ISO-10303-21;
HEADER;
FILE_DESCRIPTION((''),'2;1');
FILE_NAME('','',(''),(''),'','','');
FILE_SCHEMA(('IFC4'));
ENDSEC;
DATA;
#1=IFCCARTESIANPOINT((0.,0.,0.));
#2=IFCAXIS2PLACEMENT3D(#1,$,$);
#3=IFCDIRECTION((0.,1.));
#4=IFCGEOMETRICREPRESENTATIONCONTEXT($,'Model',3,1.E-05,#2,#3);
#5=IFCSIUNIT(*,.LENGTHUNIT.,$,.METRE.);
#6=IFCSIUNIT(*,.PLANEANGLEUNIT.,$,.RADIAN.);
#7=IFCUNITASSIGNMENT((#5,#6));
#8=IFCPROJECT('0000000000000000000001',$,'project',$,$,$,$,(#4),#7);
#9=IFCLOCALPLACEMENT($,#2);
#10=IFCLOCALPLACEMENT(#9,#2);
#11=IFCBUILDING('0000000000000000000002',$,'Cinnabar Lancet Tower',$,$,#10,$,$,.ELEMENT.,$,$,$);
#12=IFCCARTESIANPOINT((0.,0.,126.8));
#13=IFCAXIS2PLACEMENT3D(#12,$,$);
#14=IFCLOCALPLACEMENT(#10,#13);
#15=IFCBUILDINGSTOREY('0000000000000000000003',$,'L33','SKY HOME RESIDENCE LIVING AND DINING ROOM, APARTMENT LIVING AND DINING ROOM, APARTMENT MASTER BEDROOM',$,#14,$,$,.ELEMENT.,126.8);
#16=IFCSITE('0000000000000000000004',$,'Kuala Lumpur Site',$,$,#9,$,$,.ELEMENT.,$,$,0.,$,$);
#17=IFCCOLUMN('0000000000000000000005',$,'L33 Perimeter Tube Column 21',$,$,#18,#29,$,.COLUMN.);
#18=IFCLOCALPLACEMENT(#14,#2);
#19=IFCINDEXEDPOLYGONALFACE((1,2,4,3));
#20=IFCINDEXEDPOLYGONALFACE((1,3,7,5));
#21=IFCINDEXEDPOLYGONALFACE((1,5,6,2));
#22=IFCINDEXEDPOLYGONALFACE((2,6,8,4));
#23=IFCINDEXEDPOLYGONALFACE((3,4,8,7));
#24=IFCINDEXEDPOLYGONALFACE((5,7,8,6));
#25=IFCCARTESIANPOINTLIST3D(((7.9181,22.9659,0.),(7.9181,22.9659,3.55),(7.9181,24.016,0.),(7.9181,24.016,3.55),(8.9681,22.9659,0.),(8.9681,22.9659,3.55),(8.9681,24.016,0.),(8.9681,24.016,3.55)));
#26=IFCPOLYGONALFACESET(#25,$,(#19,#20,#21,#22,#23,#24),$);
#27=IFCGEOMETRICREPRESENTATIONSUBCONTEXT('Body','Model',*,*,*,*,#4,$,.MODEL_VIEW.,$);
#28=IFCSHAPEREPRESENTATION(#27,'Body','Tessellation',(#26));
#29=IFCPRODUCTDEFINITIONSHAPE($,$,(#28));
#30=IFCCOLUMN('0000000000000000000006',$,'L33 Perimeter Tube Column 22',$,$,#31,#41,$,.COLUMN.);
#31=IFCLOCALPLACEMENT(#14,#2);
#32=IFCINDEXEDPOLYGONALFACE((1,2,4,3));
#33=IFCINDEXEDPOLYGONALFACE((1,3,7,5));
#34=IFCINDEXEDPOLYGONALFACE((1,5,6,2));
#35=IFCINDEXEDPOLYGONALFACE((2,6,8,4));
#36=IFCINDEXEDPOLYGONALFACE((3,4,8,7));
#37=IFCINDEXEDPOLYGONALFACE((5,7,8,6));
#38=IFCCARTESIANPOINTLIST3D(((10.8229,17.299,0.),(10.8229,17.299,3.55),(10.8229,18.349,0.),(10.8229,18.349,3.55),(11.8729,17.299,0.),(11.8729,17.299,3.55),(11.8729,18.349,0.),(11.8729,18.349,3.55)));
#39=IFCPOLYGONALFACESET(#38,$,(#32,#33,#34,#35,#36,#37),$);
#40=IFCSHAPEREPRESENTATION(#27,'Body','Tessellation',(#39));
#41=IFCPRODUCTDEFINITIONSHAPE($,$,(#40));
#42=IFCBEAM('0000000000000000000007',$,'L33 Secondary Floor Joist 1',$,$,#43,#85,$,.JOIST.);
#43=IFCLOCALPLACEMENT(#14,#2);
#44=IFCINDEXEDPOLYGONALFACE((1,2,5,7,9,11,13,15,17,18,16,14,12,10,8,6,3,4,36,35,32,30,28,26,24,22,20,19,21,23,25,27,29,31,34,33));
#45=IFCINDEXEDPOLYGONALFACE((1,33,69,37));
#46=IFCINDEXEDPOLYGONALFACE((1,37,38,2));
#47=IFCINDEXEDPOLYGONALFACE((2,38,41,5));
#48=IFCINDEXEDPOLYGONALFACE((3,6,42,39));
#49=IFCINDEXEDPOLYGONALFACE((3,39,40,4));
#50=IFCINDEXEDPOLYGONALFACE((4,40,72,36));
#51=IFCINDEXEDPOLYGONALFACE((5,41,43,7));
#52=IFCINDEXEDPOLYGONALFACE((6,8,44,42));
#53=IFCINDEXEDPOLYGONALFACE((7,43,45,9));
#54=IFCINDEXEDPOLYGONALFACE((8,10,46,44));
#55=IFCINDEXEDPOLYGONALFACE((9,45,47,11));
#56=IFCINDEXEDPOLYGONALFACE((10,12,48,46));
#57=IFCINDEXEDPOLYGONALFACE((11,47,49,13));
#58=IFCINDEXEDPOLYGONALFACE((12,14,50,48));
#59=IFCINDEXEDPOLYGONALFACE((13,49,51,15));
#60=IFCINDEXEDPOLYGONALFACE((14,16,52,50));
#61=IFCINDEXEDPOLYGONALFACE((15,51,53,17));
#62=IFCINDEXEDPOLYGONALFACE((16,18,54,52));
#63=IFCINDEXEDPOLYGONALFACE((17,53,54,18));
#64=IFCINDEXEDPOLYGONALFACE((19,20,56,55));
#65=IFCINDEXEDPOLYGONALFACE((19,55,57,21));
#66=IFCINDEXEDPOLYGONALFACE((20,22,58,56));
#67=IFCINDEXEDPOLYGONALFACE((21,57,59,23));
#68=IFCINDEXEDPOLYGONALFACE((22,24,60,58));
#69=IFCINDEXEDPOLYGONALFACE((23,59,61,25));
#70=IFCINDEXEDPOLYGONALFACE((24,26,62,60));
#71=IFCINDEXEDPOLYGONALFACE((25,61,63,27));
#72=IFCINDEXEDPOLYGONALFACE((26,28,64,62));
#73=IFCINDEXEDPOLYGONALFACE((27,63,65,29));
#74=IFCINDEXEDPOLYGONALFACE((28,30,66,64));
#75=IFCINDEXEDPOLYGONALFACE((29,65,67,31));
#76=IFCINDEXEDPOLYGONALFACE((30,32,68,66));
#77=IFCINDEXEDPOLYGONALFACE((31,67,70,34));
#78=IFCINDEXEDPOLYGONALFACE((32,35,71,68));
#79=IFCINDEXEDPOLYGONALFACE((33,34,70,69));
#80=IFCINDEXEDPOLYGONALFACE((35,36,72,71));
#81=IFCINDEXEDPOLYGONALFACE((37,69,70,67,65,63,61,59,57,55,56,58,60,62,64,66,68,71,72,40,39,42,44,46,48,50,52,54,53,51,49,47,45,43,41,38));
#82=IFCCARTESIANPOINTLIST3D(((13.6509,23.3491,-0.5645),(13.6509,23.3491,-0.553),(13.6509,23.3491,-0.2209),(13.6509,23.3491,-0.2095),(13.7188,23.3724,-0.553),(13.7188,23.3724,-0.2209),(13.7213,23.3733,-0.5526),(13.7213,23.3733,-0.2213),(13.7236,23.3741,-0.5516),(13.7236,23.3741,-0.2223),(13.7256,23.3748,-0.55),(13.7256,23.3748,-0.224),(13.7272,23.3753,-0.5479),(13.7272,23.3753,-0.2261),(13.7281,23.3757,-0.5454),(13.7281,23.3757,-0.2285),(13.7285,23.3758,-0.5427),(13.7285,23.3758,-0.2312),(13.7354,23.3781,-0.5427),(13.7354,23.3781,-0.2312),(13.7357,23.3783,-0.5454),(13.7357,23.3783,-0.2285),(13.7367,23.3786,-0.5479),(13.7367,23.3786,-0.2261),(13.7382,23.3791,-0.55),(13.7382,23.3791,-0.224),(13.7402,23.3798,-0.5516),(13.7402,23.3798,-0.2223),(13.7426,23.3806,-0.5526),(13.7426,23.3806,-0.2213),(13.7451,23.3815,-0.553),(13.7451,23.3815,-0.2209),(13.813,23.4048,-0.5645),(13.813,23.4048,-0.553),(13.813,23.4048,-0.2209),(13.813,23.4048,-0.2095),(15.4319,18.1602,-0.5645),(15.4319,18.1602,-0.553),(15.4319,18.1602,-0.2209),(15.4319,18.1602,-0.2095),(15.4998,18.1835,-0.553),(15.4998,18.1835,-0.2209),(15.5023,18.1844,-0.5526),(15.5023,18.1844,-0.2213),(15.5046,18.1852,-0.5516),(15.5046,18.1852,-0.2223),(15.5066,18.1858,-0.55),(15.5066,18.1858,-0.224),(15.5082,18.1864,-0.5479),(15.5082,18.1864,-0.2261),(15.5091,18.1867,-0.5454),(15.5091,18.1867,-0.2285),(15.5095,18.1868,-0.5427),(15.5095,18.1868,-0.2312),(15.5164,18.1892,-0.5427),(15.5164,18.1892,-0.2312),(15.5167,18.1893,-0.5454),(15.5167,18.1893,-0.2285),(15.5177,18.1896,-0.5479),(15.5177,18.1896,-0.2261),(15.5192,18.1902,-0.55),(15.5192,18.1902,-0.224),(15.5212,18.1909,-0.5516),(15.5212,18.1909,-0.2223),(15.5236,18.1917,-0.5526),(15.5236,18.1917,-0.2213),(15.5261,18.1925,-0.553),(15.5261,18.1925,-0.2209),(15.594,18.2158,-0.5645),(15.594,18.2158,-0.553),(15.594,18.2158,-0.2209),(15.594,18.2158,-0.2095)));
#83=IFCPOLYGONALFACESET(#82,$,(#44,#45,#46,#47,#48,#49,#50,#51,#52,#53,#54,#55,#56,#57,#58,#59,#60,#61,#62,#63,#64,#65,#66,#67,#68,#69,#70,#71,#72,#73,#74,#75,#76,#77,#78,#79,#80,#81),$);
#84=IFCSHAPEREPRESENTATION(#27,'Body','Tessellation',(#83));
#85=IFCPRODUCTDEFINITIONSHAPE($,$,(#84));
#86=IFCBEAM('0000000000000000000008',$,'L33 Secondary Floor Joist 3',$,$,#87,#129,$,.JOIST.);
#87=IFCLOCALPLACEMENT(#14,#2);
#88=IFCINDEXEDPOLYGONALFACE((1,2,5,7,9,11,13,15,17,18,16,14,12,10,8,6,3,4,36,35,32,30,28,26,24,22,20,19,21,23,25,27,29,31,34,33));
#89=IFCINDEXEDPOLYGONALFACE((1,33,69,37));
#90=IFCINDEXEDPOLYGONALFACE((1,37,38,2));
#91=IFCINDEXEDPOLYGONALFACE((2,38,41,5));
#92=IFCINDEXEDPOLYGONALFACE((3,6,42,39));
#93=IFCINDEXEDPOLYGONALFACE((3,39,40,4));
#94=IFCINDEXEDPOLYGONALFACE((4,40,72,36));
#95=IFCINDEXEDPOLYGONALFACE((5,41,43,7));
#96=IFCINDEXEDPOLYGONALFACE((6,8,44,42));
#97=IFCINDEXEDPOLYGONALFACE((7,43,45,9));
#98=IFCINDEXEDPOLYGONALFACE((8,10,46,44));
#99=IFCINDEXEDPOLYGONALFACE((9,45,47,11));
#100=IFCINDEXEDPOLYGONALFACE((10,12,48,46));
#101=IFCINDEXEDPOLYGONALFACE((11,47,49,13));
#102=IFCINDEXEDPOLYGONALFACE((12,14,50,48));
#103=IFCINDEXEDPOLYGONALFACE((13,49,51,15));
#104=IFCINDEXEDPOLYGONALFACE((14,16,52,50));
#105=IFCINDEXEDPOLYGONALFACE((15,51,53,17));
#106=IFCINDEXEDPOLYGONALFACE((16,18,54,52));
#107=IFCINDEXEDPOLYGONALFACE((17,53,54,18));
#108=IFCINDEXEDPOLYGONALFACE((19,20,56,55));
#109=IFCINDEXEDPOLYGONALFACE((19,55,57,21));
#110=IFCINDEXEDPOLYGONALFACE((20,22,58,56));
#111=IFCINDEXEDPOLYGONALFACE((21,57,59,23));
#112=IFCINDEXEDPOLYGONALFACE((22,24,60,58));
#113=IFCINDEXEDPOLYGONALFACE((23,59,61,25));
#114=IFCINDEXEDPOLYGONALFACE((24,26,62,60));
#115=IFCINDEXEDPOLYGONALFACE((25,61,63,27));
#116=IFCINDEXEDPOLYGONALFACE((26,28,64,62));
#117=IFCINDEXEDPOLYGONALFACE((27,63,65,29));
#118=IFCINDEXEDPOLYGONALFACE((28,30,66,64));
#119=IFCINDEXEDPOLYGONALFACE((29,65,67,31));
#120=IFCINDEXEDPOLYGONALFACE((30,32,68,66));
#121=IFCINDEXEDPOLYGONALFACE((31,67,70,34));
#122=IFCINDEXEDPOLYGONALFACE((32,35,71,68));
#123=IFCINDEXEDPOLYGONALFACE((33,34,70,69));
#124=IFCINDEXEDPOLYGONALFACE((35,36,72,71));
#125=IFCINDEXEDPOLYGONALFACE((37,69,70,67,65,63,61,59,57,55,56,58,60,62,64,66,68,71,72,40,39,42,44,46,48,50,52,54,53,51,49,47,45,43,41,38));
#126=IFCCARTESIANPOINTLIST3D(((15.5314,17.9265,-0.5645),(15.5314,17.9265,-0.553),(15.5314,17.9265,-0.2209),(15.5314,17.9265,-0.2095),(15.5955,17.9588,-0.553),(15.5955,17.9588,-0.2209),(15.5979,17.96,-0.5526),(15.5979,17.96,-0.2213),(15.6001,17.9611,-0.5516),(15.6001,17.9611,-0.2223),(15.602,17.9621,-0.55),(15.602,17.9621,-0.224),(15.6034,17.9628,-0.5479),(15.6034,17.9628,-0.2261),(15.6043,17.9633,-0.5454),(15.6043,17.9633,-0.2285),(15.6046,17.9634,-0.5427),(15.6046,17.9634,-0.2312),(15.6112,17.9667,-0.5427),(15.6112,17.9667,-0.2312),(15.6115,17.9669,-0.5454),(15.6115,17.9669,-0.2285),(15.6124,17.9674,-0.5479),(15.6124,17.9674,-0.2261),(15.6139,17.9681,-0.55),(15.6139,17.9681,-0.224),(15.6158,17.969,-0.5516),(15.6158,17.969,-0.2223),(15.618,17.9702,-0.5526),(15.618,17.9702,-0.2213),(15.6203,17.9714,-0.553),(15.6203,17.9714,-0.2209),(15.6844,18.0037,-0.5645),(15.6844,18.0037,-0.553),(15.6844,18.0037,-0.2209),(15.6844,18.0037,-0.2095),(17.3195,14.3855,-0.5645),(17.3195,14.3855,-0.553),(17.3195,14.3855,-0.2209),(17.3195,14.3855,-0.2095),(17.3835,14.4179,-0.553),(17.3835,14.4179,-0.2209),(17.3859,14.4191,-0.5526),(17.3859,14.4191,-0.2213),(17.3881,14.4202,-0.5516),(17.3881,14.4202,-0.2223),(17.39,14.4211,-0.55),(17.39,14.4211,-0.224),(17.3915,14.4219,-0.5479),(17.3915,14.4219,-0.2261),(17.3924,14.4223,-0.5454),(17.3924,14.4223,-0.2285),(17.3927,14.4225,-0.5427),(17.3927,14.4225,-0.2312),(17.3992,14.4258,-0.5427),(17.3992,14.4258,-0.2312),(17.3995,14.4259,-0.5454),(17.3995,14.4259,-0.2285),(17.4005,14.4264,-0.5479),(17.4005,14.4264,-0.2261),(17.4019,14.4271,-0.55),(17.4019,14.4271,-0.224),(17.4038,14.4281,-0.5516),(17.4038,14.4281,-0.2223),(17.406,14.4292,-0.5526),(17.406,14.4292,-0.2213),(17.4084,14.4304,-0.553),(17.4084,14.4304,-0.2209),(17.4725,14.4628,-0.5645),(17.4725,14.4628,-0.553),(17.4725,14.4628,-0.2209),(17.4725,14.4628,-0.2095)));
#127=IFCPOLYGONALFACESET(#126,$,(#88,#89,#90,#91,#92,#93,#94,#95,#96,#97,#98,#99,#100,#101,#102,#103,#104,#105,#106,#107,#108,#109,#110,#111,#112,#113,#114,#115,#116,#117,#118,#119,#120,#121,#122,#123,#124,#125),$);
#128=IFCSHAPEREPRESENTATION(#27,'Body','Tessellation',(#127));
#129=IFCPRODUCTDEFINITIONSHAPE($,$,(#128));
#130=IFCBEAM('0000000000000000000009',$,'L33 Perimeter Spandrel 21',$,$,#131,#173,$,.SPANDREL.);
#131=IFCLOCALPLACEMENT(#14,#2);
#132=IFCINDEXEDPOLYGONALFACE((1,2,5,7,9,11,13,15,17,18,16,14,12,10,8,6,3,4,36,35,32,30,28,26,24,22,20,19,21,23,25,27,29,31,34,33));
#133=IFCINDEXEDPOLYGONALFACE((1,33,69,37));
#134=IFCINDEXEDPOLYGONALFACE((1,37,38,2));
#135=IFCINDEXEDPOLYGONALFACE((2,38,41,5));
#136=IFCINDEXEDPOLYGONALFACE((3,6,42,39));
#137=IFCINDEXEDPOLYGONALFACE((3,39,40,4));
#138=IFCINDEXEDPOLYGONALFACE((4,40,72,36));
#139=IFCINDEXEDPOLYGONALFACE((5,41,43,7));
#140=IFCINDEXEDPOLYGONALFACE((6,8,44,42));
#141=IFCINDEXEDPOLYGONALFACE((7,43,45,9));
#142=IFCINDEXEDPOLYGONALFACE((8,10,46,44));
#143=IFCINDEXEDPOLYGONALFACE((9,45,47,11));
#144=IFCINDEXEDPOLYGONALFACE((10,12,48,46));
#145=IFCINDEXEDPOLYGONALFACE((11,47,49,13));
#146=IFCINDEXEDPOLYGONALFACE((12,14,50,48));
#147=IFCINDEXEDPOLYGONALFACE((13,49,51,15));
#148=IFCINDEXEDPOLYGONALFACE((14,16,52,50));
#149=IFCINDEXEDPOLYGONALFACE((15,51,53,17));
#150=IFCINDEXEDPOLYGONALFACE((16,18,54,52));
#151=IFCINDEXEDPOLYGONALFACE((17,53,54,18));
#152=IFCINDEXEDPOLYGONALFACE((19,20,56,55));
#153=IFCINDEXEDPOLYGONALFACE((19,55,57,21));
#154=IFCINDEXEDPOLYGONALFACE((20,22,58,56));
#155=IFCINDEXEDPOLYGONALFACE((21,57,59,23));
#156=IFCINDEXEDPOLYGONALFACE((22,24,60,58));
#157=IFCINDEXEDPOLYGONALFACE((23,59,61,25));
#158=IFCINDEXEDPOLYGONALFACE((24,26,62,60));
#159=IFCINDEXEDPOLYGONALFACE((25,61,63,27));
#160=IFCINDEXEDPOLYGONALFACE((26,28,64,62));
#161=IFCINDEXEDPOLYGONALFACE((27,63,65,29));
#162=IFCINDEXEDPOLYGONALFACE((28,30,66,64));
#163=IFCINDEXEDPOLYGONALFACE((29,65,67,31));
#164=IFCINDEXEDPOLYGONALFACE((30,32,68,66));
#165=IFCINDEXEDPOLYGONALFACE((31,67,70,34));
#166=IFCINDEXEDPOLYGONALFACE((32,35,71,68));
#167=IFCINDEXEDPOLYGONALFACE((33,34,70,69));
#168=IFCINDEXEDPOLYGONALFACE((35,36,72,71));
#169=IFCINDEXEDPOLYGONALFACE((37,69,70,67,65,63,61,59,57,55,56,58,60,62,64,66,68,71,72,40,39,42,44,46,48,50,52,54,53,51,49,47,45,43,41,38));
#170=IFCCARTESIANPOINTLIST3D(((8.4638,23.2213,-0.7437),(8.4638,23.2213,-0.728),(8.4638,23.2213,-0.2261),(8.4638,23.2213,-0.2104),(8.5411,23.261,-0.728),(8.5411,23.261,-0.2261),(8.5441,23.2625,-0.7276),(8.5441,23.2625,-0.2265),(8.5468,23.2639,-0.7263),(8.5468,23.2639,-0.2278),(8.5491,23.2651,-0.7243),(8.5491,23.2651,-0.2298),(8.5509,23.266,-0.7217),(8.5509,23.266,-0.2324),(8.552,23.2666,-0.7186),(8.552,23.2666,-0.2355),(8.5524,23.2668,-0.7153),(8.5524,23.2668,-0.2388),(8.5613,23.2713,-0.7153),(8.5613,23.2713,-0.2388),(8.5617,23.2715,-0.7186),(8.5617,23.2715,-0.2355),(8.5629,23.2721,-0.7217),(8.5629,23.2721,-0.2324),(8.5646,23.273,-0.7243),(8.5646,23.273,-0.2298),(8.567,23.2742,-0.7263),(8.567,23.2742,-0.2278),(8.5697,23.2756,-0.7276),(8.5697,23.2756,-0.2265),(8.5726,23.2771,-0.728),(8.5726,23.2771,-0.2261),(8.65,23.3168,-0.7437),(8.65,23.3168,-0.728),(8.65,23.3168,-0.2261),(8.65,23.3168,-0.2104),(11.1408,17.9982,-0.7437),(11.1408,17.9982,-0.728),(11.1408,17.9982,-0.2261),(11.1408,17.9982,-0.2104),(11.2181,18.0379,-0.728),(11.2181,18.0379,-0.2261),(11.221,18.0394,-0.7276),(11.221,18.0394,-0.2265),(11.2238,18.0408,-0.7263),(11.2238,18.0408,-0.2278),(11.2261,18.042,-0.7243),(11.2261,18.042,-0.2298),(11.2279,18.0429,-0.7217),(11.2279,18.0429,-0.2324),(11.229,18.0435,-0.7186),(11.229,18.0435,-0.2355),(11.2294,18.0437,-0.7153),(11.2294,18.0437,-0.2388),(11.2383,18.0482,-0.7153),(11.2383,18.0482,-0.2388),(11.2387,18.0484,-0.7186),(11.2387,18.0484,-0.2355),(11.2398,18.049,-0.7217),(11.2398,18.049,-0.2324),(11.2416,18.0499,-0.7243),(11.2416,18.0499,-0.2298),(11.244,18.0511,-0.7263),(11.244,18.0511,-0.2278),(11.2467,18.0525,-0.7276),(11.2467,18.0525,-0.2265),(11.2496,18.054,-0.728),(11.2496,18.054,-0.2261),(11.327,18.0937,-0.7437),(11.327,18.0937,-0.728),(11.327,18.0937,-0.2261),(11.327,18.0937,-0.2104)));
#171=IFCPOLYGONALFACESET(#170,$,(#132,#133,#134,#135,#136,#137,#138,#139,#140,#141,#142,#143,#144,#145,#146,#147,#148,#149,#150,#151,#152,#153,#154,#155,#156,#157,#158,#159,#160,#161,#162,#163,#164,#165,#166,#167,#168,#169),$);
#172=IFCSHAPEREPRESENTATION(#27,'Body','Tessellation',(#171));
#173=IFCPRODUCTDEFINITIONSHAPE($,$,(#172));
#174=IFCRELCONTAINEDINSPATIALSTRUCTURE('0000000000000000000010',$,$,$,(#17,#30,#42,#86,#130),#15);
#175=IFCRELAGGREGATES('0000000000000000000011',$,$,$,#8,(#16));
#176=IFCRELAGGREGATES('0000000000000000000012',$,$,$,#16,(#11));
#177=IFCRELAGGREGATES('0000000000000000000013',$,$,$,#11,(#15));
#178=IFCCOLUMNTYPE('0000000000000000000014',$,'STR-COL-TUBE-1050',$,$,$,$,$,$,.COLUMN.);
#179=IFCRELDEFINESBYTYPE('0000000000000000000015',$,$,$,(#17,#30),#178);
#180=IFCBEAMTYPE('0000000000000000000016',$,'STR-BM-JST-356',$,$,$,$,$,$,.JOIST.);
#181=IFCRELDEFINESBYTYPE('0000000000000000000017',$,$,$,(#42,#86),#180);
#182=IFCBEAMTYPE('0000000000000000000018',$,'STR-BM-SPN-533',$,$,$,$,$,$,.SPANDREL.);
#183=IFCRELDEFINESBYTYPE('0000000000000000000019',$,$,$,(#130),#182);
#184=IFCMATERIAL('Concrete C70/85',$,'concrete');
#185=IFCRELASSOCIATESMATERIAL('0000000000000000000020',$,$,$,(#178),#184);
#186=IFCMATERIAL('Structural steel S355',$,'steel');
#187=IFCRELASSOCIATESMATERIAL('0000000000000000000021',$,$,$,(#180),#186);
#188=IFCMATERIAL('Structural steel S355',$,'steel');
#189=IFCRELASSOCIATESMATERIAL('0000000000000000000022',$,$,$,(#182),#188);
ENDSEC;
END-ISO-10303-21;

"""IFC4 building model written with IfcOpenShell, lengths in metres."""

from ifc_helpers import new_model, si_unit, direction, frame, origin, origin_2d, place, context, subcontext, project, spatial, rectangle, i_section, extrude, material, material_profile, profile_set, type_object, element, save


model = new_model("IFC4")

# Units and contexts
model_context = context("Model", 3, precision=1e-05, world=origin(), true_north=direction((0.0, 1.0)))
body_context = subcontext(model_context, "Body", "Model", "MODEL_VIEW")
ifc_project = project(units=[si_unit("LENGTHUNIT", "METRE"), si_unit("PLANEANGLEUNIT", "RADIAN")], contexts=[model_context])

# Site, building, storey
site_placement = place(None, origin())
site = spatial("IfcSite", under=ifc_project, at=site_placement, Name="Kuala Lumpur Site", CompositionType="ELEMENT", RefElevation=0.0)
building_placement = place(site_placement, origin())
building = spatial("IfcBuilding", under=site, at=building_placement, Name="Cinnabar Lancet Tower", CompositionType="ELEMENT")
storey_placement = place(building_placement, frame((0.0, 0.0, 126.8)))
storey = spatial("IfcBuildingStorey", under=building, at=storey_placement, Name="L33", Description="SKY HOME RESIDENCE LIVING AND DINING ROOM, APARTMENT LIVING AND DINING ROOM, APARTMENT MASTER BEDROOM", CompositionType="ELEMENT", Elevation=126.8)

# Columns
ifc_material_1 = material(Name="Concrete C70/85", Category="concrete")
ifc_material_profile_1 = material_profile(ifc_material_1, rectangle(XDim=1.05, YDim=1.05, at=origin_2d()), Name="RC-COL 1050x1050")
ifc_profile_set_1 = profile_set([ifc_material_profile_1], Name="Concrete C70/85")
column_type = type_object("IfcColumnType", Name="STR-COL-TUBE-1050", PredefinedType="COLUMN", material=ifc_profile_set_1)
for number, where, z_axis, x_axis, name in (
    (1, (8.4431, 23.491, 0.0), (0.0, 0.0, 1.0), (1.0, 0.0, 0.0), "L33 Perimeter Tube Column 21"),
    (2, (11.3479, 17.824, 0.0), (0.0, 0.0, 1.0), (1.0, 0.0, 0.0), "L33 Perimeter Tube Column 22"),
):
    element("IfcColumn", number, at=place(storey_placement, frame(where, z_axis=z_axis, x_axis=x_axis)), inside=storey, type_object=column_type, Name=name, PredefinedType="COLUMN", context=body_context, shape_type="SweptSolid", body=[
        extrude(rectangle(XDim=1.05, YDim=1.05, at=origin_2d()), origin(), (0.0, 0.0, 1.0), 3.55),
    ])

# Beams
ifc_material_2 = material(Name="Structural steel S355", Category="steel")
ifc_material_profile_2 = material_profile(ifc_material_2, i_section(OverallWidth=0.1714, OverallDepth=0.355, WebThickness=0.0073, FlangeThickness=0.0115, FilletRadius=0.0103, at=origin_2d()), Name="UKB 356x171x51")
ifc_profile_set_2 = profile_set([ifc_material_profile_2], Name="Structural steel S355")
beam_type_1 = type_object("IfcBeamType", Name="STR-BM-JST-356", PredefinedType="JOIST", material=ifc_profile_set_2)
beam_1_placement = place(storey_placement, frame((13.7319, 23.377, -0.387), z_axis=(0.324639, -0.945838, 0.0), x_axis=(0.945838, 0.324639, 0.0)))
element("IfcBeam", 3, at=beam_1_placement, inside=storey, type_object=beam_type_1, Name="L33 Secondary Floor Joist 1", PredefinedType="JOIST", context=body_context, shape_type="SweptSolid", body=[
    extrude(i_section(OverallWidth=0.1714, OverallDepth=0.355, WebThickness=0.0073, FlangeThickness=0.0115, FilletRadius=0.0103, at=origin_2d()), origin(), (0.0, 0.0, 1.0), 5.4861),
])
beam_2_placement = place(storey_placement, frame((15.6079, 17.9651, -0.387), z_axis=(0.450755, -0.892648, 0.0), x_axis=(0.892648, 0.450755, 0.0)))
element("IfcBeam", 4, at=beam_2_placement, inside=storey, type_object=beam_type_1, Name="L33 Secondary Floor Joist 3", PredefinedType="JOIST", context=body_context, shape_type="SweptSolid", body=[
    extrude(i_section(OverallWidth=0.1714, OverallDepth=0.355, WebThickness=0.0073, FlangeThickness=0.0115, FilletRadius=0.0103, at=origin_2d()), origin(), (0.0, 0.0, 1.0), 3.9668),
])
ifc_material_3 = material(Name="Structural steel S355", Category="steel")
ifc_material_profile_3 = material_profile(ifc_material_3, i_section(OverallWidth=0.2092, OverallDepth=0.5332, WebThickness=0.01, FlangeThickness=0.0156, FilletRadius=0.0127, at=origin_2d()), Name="UKB 533x210x92")
ifc_profile_set_3 = profile_set([ifc_material_profile_3], Name="Structural steel S355")
beam_type_2 = type_object("IfcBeamType", Name="STR-BM-SPN-533", PredefinedType="SPANDREL", material=ifc_profile_set_3)
beam_3_placement = place(storey_placement, frame((8.5569, 23.269, -0.4771), z_axis=(0.45611, -0.889924, 0.0), x_axis=(0.889924, 0.45611, 0.0)))
element("IfcBeam", 5, at=beam_3_placement, inside=storey, type_object=beam_type_2, Name="L33 Perimeter Spandrel 21", PredefinedType="SPANDREL", context=body_context, shape_type="SweptSolid", body=[
    extrude(i_section(OverallWidth=0.2092, OverallDepth=0.5332, WebThickness=0.01, FlangeThickness=0.0156, FilletRadius=0.0127, at=origin_2d()), origin(), (0.0, 0.0, 1.0), 5.8691),
])

save(model, "model.ifc")
